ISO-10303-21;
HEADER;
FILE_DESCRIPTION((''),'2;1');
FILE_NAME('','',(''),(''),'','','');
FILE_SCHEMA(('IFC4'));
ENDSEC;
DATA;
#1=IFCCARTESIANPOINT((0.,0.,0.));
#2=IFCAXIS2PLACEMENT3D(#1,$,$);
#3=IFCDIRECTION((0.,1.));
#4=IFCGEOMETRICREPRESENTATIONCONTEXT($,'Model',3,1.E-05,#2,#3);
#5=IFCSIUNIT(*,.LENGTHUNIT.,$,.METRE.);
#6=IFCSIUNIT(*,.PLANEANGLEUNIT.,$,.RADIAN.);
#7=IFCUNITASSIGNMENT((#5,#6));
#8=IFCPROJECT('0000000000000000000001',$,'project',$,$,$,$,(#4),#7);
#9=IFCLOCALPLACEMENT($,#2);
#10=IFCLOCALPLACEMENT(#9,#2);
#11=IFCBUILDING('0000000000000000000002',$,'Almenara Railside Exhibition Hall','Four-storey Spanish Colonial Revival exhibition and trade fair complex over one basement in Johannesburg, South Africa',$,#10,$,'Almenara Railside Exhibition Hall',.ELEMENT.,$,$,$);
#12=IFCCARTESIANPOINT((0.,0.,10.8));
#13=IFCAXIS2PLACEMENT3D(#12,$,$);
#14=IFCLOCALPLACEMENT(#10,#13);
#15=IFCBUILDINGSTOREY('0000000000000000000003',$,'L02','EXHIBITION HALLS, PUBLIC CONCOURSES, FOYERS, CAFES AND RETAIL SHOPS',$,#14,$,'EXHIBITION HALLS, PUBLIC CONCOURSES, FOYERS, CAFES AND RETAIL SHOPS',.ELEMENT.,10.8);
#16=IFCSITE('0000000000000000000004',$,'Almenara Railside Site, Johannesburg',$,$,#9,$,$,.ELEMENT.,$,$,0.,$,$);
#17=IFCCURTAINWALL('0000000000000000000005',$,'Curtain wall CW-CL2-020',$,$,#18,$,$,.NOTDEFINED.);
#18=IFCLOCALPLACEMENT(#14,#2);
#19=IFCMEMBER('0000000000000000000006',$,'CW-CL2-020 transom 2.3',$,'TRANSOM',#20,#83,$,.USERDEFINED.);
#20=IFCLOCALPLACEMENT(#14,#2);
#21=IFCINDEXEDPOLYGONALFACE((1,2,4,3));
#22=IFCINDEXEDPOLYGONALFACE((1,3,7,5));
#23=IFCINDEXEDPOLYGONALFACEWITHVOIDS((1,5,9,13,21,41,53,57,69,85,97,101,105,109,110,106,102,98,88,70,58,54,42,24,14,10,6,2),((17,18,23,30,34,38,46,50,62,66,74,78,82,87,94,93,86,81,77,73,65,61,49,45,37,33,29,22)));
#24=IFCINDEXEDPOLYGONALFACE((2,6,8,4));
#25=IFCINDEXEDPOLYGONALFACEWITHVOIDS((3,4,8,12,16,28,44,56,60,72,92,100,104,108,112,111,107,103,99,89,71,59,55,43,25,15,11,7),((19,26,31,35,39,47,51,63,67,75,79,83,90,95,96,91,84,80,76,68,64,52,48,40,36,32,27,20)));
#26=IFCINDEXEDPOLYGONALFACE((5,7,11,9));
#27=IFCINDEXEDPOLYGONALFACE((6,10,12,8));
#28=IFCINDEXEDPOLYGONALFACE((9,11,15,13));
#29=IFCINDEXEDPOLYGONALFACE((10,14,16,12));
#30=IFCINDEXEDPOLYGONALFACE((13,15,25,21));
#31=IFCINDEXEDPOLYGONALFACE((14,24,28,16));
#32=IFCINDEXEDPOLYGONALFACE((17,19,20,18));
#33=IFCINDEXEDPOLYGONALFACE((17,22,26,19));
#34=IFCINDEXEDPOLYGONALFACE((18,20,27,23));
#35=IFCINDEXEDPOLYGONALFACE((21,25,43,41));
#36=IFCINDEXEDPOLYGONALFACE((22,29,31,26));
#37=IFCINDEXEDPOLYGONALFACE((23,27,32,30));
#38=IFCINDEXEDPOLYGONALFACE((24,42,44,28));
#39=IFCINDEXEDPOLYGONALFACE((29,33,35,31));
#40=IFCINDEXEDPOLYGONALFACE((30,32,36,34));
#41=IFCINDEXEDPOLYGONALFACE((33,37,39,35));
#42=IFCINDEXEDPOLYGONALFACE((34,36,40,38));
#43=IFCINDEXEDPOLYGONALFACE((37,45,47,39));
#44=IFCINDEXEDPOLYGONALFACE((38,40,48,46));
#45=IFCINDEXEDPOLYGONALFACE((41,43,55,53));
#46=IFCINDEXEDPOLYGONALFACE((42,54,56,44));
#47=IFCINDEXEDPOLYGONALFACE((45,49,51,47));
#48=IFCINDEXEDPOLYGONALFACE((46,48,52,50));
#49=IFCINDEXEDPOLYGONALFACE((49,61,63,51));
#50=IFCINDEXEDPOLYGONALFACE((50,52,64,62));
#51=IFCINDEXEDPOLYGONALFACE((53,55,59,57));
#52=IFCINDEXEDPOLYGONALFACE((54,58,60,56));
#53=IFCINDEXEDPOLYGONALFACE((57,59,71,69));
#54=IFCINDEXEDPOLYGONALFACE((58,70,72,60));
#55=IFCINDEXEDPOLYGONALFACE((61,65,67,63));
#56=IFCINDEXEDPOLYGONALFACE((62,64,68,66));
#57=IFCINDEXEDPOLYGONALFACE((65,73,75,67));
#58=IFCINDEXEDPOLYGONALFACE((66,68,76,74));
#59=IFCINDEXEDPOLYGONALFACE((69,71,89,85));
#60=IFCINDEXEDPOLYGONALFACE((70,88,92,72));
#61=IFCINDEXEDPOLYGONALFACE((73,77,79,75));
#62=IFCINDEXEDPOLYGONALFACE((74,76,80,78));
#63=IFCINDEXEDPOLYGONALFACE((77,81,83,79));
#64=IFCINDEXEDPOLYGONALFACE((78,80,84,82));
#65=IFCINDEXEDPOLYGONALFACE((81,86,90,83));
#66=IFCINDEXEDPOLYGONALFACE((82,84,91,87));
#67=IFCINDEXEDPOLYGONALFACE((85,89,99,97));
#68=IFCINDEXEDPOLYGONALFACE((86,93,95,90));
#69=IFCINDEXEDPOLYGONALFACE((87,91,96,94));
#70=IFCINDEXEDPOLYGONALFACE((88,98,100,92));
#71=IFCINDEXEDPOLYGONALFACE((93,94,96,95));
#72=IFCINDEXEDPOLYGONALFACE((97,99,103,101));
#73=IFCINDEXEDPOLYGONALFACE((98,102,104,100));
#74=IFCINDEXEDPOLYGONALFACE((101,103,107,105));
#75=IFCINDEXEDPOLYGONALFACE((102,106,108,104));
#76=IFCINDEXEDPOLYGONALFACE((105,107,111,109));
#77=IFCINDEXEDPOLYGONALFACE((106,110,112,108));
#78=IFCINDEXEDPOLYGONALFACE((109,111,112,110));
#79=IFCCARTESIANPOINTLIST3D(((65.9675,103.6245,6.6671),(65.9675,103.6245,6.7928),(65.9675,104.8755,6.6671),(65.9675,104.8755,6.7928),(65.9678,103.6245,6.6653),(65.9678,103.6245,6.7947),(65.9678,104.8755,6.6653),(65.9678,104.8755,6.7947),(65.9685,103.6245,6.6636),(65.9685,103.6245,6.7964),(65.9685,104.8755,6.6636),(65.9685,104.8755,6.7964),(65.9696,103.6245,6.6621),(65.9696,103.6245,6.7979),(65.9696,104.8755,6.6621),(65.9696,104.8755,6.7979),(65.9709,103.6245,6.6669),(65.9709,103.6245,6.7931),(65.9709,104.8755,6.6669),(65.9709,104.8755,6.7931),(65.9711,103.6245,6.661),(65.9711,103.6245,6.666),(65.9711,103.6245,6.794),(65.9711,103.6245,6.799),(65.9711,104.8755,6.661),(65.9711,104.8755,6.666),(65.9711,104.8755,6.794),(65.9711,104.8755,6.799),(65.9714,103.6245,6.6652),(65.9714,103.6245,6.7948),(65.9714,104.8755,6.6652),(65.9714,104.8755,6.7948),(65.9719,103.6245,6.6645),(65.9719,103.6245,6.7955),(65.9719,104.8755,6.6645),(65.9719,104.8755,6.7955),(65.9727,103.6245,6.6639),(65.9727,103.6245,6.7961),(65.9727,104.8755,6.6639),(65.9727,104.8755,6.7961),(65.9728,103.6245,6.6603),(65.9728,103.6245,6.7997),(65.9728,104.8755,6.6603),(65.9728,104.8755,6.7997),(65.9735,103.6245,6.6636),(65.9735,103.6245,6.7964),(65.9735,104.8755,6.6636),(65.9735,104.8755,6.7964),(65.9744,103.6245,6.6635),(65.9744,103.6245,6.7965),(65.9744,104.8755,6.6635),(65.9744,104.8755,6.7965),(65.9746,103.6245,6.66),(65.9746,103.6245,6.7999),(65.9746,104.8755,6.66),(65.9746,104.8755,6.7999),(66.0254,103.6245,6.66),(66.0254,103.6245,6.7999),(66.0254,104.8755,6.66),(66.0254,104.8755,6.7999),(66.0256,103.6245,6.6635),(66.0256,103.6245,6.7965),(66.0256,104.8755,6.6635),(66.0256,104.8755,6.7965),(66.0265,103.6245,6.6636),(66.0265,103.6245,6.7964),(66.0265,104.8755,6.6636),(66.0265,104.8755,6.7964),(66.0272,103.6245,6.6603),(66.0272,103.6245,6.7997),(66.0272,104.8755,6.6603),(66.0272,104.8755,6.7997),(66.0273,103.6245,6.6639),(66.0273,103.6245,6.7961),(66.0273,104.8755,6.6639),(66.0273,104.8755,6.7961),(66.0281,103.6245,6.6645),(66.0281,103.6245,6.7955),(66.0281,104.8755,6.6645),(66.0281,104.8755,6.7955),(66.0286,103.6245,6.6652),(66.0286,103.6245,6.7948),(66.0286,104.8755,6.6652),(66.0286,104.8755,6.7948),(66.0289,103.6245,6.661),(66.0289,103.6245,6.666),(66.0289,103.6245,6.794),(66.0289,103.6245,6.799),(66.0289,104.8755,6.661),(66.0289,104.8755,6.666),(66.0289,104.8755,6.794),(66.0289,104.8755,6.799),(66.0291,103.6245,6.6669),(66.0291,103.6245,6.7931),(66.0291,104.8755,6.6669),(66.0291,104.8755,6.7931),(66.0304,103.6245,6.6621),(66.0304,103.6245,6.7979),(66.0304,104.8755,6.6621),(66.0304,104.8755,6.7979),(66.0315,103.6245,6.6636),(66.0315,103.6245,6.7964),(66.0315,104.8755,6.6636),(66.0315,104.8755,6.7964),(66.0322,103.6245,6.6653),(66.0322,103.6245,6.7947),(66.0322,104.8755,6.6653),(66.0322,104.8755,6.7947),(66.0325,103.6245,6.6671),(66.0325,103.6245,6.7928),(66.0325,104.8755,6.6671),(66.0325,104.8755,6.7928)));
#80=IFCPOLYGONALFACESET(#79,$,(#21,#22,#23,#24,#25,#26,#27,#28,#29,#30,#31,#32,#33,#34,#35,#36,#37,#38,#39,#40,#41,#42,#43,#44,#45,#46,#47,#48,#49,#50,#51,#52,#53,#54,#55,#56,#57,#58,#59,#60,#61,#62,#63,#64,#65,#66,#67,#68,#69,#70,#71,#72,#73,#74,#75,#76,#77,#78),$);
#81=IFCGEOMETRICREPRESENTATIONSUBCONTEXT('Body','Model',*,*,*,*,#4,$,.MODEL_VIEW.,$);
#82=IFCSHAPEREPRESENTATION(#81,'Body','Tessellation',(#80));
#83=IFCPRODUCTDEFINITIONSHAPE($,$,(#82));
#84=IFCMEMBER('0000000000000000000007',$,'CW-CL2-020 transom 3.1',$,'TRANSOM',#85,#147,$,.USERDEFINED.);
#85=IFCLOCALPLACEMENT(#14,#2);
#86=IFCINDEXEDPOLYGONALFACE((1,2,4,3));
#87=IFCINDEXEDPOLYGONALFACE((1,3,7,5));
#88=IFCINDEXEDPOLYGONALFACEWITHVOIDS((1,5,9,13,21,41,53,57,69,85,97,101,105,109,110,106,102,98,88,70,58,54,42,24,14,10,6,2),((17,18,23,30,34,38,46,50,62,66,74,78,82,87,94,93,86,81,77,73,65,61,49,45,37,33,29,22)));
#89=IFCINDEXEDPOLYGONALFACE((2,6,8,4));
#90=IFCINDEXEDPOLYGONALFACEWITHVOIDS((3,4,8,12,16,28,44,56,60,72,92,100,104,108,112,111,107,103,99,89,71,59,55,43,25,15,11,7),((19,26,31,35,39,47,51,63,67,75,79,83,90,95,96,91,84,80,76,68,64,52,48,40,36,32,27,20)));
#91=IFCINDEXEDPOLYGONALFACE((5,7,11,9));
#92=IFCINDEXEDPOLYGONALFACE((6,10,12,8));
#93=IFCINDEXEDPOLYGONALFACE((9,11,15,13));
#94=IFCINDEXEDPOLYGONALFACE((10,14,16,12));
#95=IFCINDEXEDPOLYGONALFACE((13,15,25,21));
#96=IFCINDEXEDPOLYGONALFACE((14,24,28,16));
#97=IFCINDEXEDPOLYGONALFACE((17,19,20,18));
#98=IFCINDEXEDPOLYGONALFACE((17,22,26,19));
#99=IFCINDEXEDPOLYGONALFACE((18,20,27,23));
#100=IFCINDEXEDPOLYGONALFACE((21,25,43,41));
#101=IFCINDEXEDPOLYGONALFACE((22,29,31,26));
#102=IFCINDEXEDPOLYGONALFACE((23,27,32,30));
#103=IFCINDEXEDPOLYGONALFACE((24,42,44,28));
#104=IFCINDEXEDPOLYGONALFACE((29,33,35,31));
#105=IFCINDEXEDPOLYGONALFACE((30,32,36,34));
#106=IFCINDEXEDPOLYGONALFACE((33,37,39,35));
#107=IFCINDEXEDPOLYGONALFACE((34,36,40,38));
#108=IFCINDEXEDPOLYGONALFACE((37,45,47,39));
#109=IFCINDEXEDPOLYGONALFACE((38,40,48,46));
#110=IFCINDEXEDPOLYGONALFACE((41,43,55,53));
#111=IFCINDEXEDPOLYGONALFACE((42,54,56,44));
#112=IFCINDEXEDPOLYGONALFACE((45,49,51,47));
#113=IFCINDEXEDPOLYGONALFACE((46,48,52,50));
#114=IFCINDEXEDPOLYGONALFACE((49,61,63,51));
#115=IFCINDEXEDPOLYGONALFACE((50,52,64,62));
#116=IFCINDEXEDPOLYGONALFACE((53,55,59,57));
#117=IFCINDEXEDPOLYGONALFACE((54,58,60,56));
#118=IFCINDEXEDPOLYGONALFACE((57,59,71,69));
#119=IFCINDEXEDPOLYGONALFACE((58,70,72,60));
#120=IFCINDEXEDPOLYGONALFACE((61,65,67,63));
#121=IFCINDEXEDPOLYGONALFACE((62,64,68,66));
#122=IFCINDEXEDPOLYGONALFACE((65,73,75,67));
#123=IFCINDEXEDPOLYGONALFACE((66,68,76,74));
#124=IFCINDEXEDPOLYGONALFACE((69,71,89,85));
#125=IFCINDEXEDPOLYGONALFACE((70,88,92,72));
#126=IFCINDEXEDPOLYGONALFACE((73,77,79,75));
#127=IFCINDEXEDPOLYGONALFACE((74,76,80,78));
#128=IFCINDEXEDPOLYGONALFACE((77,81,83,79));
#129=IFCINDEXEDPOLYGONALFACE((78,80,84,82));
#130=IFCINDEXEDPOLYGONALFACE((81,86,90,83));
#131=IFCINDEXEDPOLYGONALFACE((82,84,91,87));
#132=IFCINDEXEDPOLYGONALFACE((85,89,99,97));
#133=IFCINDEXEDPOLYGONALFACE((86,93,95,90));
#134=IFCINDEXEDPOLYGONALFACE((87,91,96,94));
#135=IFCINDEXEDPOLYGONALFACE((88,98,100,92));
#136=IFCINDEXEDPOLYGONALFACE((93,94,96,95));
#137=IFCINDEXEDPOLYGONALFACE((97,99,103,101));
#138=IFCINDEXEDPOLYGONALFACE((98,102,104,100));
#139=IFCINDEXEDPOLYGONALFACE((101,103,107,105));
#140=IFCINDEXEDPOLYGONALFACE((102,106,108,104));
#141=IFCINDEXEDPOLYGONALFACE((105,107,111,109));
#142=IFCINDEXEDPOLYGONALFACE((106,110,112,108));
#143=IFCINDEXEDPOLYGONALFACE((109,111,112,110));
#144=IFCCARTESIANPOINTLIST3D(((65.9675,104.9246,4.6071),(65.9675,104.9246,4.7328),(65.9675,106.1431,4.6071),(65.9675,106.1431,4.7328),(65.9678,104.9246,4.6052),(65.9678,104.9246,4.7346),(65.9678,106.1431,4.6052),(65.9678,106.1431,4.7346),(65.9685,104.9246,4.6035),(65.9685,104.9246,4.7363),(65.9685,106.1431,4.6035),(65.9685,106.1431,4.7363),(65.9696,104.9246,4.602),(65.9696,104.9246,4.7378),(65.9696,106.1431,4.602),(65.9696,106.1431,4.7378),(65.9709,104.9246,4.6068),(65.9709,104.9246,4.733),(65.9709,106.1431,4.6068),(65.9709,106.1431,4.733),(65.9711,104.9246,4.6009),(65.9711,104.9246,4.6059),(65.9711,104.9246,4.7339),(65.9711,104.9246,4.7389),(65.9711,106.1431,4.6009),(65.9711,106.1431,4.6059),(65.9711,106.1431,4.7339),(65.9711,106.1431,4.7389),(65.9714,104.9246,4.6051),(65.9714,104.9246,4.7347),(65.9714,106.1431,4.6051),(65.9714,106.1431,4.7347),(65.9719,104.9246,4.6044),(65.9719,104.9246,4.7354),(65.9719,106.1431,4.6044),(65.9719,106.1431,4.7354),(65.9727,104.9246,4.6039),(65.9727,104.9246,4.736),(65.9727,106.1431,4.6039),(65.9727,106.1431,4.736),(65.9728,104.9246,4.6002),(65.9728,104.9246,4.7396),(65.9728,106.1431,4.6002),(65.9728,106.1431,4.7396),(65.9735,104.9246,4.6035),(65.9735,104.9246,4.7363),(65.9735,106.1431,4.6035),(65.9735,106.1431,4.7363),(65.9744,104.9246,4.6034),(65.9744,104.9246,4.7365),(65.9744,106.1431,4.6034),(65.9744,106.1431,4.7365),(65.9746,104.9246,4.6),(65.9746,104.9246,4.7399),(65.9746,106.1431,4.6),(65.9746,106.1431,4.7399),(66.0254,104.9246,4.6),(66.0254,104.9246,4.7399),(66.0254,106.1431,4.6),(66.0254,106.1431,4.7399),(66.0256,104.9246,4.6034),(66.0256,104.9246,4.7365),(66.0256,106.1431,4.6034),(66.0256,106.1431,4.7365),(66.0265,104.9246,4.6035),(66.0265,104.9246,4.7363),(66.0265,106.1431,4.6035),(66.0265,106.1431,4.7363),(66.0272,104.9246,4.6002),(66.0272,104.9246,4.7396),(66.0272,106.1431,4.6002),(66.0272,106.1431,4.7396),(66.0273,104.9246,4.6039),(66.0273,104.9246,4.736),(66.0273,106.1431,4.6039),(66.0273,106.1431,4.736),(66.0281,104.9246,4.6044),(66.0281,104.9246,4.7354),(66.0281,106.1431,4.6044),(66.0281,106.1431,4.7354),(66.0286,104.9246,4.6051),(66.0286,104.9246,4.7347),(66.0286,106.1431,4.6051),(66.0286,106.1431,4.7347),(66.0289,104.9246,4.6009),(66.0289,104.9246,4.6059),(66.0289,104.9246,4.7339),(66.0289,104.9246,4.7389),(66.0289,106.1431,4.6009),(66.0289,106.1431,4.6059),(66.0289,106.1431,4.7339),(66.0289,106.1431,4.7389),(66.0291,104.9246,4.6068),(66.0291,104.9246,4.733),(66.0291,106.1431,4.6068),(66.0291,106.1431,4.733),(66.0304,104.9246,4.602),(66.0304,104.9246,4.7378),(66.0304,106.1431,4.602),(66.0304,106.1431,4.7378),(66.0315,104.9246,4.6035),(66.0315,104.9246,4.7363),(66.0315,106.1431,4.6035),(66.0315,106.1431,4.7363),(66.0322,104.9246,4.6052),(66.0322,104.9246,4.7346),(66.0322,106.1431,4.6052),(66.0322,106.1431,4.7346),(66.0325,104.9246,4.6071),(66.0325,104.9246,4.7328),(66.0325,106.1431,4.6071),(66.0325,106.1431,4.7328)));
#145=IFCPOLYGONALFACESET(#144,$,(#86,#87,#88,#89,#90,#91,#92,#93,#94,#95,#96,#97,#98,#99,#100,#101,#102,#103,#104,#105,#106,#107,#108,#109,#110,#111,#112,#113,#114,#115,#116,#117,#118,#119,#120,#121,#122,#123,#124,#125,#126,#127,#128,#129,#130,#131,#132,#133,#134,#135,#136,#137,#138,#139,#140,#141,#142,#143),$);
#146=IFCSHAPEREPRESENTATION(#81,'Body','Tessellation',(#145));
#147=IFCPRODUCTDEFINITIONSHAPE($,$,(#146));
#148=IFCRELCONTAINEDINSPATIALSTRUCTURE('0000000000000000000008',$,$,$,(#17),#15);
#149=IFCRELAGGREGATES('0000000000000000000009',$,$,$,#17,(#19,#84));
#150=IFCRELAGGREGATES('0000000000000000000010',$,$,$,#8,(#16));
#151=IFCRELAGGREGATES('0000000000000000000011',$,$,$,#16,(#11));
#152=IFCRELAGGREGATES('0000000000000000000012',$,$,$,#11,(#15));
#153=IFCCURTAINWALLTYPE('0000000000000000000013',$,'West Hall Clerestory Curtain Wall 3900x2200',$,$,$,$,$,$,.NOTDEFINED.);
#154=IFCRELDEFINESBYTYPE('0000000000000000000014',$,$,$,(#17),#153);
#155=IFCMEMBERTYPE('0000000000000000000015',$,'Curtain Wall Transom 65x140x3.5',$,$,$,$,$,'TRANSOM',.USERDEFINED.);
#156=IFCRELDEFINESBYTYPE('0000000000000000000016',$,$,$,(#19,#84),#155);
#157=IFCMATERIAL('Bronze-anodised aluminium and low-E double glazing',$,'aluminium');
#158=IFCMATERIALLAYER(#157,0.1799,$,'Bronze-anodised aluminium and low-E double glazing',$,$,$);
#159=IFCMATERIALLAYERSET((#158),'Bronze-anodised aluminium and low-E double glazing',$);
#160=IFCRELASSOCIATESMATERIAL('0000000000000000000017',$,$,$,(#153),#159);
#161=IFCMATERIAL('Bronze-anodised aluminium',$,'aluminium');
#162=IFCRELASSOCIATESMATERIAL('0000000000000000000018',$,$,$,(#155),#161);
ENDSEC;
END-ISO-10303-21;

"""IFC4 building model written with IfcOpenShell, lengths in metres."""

from ifc_helpers import new_model, si_unit, direction, frame, origin, origin_2d, place, context, subcontext, project, spatial, hollow_rectangle, extrude, material, layer, layer_set, material_profile, profile_set, type_object, element, aggregate, save


model = new_model("IFC4")

# Units and contexts
model_context = context("Model", 3, precision=1e-05, world=origin(), true_north=direction((0.0, 1.0)))
body_context = subcontext(model_context, "Body", "Model", "MODEL_VIEW")
ifc_project = project(units=[si_unit("LENGTHUNIT", "METRE"), si_unit("PLANEANGLEUNIT", "RADIAN")], contexts=[model_context])

# Site, building, storey
site_placement = place(None, origin())
site = spatial("IfcSite", under=ifc_project, at=site_placement, Name="Almenara Railside Site, Johannesburg", CompositionType="ELEMENT", RefElevation=0.0)
building_placement = place(site_placement, origin())
building = spatial("IfcBuilding", under=site, at=building_placement, Name="Almenara Railside Exhibition Hall", Description="Four-storey Spanish Colonial Revival exhibition and trade fair complex over one basement in Johannesburg, South Africa", LongName="Almenara Railside Exhibition Hall", CompositionType="ELEMENT")
storey_placement = place(building_placement, frame((0.0, 0.0, 10.8)))
storey = spatial("IfcBuildingStorey", under=building, at=storey_placement, Name="L02", Description="EXHIBITION HALLS, PUBLIC CONCOURSES, FOYERS, CAFES AND RETAIL SHOPS", LongName="EXHIBITION HALLS, PUBLIC CONCOURSES, FOYERS, CAFES AND RETAIL SHOPS", CompositionType="ELEMENT", Elevation=10.8)

# Curtain wall
ifc_material_1 = material(Name="Bronze-anodised aluminium and low-E double glazing", Category="aluminium")
ifc_layer_1 = layer(ifc_material_1, 0.1799, Name="Bronze-anodised aluminium and low-E double glazing")
ifc_layer_set_1 = layer_set([ifc_layer_1], Name="Bronze-anodised aluminium and low-E double glazing")
curtain_wall_type = type_object("IfcCurtainWallType", Name="West Hall Clerestory Curtain Wall 3900x2200", PredefinedType="NOTDEFINED", material=ifc_layer_set_1)
curtain_wall_1_placement = place(storey_placement, origin())
curtain_wall_1 = element("IfcCurtainWall", 1, at=curtain_wall_1_placement, inside=storey, type_object=curtain_wall_type, Name="Curtain wall CW-CL2-020", PredefinedType="NOTDEFINED")
ifc_material_2 = material(Name="Bronze-anodised aluminium", Category="aluminium")

# Members
ifc_material_profile_1 = material_profile(ifc_material_2, hollow_rectangle(XDim=0.0649, YDim=0.1399, WallThickness=0.0034, InnerFilletRadius=0.0034, OuterFilletRadius=0.0071, at=origin_2d()), Name="ALU-TRN 65x140x3.5")
ifc_profile_set_1 = profile_set([ifc_material_profile_1], Name="Bronze-anodised aluminium")
member_type_1 = type_object("IfcMemberType", Name="Curtain Wall Transom 65x140x3.5", ElementType="TRANSOM", PredefinedType="USERDEFINED", material=ifc_profile_set_1)
member_1_placement = place(storey_placement, frame((66.0, 103.6245, 6.73), z_axis=(0.0, 1.0, 0.0), x_axis=(-1.0, 0.0, 0.0)))
member_1 = element("IfcMember", 2, at=member_1_placement, type_object=member_type_1, Name="CW-CL2-020 transom 2.3", ObjectType="TRANSOM", PredefinedType="USERDEFINED", context=body_context, shape_type="SweptSolid", body=[
    extrude(hollow_rectangle(XDim=0.0649, YDim=0.1399, WallThickness=0.0034, InnerFilletRadius=0.0034, OuterFilletRadius=0.0071, at=origin_2d()), origin(), (0.0, 0.0, 1.0), 1.251),
])
member_2_placement = place(storey_placement, frame((66.0, 104.9246, 4.6699), z_axis=(0.0, 1.0, 0.0), x_axis=(-1.0, 0.0, 0.0)))
member_2 = element("IfcMember", 3, at=member_2_placement, type_object=member_type_1, Name="CW-CL2-020 transom 3.1", ObjectType="TRANSOM", PredefinedType="USERDEFINED", context=body_context, shape_type="SweptSolid", body=[
    extrude(hollow_rectangle(XDim=0.0649, YDim=0.1399, WallThickness=0.0034, InnerFilletRadius=0.0034, OuterFilletRadius=0.0071, at=origin_2d()), origin(), (0.0, 0.0, 1.0), 1.2185),
])

aggregate(curtain_wall_1, [member_1, member_2])

save(model, "model.ifc")
